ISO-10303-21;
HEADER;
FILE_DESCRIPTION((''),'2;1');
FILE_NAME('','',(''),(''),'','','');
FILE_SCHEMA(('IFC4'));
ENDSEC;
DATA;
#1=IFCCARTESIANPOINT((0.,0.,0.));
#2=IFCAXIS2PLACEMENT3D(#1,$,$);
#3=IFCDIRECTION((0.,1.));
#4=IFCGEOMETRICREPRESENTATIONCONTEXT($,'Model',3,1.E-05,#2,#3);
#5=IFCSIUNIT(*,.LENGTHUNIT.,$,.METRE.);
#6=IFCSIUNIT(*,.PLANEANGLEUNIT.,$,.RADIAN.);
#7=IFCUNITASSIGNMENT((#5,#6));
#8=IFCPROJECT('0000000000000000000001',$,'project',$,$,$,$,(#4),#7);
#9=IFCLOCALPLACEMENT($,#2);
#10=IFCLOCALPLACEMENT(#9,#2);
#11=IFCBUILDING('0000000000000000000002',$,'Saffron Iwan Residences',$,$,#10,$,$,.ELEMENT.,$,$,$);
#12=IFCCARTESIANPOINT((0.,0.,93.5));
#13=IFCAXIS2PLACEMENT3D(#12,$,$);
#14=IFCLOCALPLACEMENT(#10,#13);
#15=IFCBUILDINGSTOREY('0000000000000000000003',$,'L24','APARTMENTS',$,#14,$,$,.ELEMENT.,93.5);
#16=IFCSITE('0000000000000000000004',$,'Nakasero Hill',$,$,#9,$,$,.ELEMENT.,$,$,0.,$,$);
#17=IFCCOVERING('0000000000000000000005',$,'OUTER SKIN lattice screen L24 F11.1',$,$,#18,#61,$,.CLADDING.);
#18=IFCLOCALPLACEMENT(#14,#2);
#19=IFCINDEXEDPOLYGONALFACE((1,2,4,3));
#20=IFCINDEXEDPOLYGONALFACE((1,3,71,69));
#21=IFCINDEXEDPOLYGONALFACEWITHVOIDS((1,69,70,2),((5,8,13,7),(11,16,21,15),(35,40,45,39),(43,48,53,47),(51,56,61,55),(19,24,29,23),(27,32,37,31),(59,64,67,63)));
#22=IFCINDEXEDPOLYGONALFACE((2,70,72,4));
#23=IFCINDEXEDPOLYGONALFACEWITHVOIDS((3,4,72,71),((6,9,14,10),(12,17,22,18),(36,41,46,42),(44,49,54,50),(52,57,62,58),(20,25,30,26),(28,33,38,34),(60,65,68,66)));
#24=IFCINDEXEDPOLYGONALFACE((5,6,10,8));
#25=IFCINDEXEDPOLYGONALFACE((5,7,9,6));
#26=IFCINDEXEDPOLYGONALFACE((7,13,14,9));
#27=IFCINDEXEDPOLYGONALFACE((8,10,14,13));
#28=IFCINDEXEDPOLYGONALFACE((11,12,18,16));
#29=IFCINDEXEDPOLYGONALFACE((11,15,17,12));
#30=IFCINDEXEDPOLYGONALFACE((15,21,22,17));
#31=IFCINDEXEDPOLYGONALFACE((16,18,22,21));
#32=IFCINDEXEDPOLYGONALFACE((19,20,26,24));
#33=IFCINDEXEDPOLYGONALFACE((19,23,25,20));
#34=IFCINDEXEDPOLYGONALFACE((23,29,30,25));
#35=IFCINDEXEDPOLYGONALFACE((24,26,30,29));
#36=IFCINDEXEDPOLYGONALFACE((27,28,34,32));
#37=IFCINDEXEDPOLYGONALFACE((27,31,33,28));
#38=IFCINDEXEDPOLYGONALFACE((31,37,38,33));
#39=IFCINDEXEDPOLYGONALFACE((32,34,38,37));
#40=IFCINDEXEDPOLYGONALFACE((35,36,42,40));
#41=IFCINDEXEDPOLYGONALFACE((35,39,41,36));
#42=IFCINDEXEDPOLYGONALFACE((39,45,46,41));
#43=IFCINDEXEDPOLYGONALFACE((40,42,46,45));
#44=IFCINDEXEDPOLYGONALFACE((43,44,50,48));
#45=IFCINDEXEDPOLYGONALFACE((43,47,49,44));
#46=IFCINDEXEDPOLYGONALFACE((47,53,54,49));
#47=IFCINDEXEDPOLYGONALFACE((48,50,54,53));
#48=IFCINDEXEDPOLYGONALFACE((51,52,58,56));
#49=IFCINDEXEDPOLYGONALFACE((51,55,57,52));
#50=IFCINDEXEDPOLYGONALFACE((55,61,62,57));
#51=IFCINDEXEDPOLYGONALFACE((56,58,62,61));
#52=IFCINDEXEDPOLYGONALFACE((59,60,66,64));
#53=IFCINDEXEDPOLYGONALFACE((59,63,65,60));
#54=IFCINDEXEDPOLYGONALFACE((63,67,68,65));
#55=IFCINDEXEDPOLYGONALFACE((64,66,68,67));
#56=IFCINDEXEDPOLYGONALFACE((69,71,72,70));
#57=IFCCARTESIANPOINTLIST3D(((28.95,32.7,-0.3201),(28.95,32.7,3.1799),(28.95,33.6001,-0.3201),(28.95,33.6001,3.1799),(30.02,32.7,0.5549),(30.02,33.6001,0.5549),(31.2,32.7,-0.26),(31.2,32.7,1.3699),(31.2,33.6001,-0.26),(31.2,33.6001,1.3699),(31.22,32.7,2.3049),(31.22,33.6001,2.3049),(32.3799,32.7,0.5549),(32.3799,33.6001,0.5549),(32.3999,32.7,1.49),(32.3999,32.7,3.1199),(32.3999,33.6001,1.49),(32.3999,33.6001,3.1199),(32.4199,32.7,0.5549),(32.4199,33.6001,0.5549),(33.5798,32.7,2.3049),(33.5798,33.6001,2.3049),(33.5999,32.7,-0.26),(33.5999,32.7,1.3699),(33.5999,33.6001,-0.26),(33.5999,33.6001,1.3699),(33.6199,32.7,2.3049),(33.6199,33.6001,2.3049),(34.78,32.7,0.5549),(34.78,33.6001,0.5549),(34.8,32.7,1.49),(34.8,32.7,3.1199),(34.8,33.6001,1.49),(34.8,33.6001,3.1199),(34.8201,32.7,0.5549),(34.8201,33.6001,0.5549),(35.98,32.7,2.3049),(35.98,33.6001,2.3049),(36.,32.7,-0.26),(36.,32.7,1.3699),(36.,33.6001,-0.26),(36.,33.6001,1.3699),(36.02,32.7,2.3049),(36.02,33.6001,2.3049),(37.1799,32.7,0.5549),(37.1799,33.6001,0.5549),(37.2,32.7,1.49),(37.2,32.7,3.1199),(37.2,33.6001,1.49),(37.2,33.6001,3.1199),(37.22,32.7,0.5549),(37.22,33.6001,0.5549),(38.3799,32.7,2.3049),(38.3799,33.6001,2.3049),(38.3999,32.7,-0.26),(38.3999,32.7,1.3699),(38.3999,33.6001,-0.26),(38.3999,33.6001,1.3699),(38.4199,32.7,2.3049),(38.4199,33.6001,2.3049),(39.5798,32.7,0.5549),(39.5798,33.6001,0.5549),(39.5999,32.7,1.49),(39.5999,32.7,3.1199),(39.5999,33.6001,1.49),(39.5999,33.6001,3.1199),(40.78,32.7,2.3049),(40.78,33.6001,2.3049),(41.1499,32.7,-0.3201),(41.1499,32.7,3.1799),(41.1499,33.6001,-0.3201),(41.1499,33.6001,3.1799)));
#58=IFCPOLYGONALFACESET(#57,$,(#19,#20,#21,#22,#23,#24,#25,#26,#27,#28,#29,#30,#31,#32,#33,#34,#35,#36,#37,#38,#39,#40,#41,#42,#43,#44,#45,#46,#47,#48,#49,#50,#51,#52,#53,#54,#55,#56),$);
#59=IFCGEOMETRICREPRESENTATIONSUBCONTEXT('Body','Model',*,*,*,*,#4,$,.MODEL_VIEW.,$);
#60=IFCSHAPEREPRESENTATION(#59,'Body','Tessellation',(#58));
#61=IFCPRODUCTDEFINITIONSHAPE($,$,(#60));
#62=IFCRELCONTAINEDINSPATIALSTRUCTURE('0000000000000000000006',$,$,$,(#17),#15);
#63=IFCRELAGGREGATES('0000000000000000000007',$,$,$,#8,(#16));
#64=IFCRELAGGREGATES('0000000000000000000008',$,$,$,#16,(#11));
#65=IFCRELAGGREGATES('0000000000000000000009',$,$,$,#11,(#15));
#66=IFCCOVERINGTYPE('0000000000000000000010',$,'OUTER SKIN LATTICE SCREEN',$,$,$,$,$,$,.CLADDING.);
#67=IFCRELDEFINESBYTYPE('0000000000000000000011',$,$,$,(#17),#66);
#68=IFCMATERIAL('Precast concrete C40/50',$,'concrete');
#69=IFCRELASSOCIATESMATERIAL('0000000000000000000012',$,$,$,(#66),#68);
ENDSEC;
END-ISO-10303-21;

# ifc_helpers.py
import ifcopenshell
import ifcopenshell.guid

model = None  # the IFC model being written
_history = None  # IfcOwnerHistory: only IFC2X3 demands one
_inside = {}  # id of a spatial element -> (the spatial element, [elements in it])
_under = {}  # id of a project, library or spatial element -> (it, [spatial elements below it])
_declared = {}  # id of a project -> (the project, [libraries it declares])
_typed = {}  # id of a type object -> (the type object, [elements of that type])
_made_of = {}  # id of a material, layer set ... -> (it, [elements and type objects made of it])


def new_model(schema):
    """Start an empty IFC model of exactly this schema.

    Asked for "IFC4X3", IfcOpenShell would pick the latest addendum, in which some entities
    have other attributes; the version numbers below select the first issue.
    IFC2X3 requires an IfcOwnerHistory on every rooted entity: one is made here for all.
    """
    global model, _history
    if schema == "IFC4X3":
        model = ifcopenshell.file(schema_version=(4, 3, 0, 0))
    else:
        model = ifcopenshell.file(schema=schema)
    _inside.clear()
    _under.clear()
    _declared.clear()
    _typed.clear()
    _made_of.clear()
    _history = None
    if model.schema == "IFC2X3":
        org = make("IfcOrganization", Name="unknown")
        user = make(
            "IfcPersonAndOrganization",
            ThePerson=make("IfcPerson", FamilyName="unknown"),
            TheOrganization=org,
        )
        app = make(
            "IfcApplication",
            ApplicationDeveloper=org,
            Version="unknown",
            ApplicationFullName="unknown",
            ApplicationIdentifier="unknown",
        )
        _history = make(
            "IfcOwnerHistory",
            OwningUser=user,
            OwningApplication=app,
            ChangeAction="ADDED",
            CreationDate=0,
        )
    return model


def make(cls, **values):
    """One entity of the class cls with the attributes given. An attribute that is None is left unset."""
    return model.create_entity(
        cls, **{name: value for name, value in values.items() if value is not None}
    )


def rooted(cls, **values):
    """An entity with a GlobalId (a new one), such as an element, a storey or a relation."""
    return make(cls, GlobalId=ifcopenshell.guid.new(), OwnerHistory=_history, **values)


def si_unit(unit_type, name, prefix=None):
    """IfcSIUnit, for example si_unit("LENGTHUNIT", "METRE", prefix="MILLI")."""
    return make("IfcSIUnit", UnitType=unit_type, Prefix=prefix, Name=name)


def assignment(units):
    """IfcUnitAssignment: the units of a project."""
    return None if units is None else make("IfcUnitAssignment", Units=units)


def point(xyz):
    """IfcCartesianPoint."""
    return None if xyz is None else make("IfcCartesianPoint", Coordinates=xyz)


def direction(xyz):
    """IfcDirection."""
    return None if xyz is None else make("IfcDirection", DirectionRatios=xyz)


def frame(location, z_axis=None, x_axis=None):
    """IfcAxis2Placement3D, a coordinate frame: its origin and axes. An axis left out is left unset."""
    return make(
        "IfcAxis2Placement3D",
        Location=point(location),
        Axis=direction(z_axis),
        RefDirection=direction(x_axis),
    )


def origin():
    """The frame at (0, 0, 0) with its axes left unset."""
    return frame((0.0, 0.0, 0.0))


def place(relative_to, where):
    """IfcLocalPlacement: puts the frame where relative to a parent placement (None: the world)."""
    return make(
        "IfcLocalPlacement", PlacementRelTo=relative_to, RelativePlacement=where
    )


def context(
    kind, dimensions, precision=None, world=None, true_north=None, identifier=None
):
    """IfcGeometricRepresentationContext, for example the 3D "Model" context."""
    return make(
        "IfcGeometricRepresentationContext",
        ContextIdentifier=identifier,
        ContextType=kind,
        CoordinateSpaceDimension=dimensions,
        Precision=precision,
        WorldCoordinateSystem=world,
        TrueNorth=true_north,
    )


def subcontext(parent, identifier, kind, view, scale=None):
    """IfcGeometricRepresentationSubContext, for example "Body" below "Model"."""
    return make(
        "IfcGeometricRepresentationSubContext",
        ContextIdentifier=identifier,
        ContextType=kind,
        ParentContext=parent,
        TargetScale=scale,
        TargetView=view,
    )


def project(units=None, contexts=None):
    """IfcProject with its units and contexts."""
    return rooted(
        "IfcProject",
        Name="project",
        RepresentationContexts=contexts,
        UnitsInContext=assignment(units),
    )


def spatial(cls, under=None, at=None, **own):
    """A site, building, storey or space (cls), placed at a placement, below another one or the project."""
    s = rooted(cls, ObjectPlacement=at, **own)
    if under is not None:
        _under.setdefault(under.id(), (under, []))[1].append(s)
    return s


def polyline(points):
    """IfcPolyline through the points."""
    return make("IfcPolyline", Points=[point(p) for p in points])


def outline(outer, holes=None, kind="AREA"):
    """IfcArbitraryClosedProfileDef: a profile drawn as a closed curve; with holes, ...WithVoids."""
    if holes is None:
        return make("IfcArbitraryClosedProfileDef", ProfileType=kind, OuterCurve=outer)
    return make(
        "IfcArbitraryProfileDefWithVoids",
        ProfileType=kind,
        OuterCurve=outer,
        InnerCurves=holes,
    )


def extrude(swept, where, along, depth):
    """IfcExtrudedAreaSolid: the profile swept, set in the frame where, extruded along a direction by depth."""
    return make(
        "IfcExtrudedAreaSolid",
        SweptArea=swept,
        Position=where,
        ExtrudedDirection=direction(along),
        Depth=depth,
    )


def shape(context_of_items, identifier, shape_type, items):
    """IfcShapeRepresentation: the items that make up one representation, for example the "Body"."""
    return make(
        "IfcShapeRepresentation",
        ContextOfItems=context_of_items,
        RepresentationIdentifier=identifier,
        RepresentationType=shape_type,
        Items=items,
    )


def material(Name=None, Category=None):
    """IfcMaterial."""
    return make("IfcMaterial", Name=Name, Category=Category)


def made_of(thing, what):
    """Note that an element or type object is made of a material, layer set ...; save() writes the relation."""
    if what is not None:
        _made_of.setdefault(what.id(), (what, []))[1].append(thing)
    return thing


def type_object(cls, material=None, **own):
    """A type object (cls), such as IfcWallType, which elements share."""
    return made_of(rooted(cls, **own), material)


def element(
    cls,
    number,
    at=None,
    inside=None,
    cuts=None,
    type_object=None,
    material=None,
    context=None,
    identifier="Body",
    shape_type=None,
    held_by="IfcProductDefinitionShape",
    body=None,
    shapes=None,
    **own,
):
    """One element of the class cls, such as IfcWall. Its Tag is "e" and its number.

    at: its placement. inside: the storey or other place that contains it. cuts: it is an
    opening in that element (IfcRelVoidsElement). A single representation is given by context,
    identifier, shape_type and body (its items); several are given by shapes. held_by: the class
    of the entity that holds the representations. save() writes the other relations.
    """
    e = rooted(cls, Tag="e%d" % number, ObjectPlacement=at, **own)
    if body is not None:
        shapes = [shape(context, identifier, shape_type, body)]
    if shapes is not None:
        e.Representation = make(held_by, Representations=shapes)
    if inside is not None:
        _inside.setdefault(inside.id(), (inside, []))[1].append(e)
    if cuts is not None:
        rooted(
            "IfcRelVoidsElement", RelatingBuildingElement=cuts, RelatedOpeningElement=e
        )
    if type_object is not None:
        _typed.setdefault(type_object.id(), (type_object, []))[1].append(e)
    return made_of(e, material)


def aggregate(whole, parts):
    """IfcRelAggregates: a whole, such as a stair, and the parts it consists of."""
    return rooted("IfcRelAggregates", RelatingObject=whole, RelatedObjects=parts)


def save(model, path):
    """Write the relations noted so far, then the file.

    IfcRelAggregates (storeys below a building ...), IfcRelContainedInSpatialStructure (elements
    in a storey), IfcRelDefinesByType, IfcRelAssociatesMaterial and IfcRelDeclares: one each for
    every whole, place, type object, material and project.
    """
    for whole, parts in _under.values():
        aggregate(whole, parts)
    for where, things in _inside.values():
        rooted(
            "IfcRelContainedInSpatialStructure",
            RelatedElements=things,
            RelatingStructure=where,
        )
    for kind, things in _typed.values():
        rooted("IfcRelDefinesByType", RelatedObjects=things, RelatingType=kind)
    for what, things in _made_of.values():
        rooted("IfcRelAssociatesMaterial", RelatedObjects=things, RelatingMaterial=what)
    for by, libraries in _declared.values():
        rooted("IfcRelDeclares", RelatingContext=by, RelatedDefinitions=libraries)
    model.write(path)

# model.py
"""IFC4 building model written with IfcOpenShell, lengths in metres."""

from ifc_helpers import new_model, si_unit, direction, frame, origin, place, context, subcontext, project, spatial, polyline, outline, extrude, material, type_object, element, save


model = new_model("IFC4")

# Units and contexts
model_context = context("Model", 3, precision=1e-05, world=origin(), true_north=direction((0.0, 1.0)))
body_context = subcontext(model_context, "Body", "Model", "MODEL_VIEW")
ifc_project = project(units=[si_unit("LENGTHUNIT", "METRE"), si_unit("PLANEANGLEUNIT", "RADIAN")], contexts=[model_context])

# Site, building, storey
site_placement = place(None, origin())
site = spatial("IfcSite", under=ifc_project, at=site_placement, Name="Nakasero Hill", CompositionType="ELEMENT", RefElevation=0.0)
building_placement = place(site_placement, origin())
building = spatial("IfcBuilding", under=site, at=building_placement, Name="Saffron Iwan Residences", CompositionType="ELEMENT")
storey_placement = place(building_placement, frame((0.0, 0.0, 93.5)))
storey = spatial("IfcBuildingStorey", under=building, at=storey_placement, Name="L24", Description="APARTMENTS", CompositionType="ELEMENT", Elevation=93.5)

# Covering
ifc_material_1 = material(Name="Precast concrete C40/50", Category="concrete")
covering_type = type_object("IfcCoveringType", Name="OUTER SKIN LATTICE SCREEN", PredefinedType="CLADDING", material=ifc_material_1)
covering_placement = place(storey_placement, frame((28.95, 33.6001, -0.3201), z_axis=(0.0, -1.0, 0.0), x_axis=(1.0, 0.0, 0.0)))
element("IfcCovering", 1, at=covering_placement, inside=storey, type_object=covering_type, Name="OUTER SKIN lattice screen L24 F11.1", PredefinedType="CLADDING", context=body_context, shape_type="SweptSolid", body=[
    extrude(outline(polyline([(0.0, 0.0), (12.2, 0.0), (12.2, 3.5), (0.0, 3.5), (0.0, 0.0)]), holes=[polyline([(1.0701, 0.875), (2.25, 0.0601), (3.4299, 0.875), (2.25, 1.6899), (1.0701, 0.875)]), polyline([(3.47, 0.875), (4.6499, 0.0601), (5.8301, 0.875), (4.6499, 1.6899), (3.47, 0.875)]), polyline([(5.8701, 0.875), (7.05, 0.0601), (8.23, 0.875), (7.05, 1.6899), (5.8701, 0.875)]), polyline([(8.27, 0.875), (9.45, 0.0601), (10.6299, 0.875), (9.45, 1.6899), (8.27, 0.875)]), polyline([(2.27, 2.625), (3.45, 1.8101), (4.6299, 2.625), (3.45, 3.4399), (2.27, 2.625)]), polyline([(4.6699, 2.625), (5.8501, 1.8101), (7.03, 2.625), (5.8501, 3.4399), (4.6699, 2.625)]), polyline([(7.0701, 2.625), (8.25, 1.8101), (9.4299, 2.625), (8.25, 3.4399), (7.0701, 2.625)]), polyline([(9.47, 2.625), (10.6499, 1.8101), (11.8301, 2.625), (10.6499, 3.4399), (9.47, 2.625)])]), origin(), (0.0, 0.0, 1.0), 0.9001),
])

save(model, "model.ifc")
